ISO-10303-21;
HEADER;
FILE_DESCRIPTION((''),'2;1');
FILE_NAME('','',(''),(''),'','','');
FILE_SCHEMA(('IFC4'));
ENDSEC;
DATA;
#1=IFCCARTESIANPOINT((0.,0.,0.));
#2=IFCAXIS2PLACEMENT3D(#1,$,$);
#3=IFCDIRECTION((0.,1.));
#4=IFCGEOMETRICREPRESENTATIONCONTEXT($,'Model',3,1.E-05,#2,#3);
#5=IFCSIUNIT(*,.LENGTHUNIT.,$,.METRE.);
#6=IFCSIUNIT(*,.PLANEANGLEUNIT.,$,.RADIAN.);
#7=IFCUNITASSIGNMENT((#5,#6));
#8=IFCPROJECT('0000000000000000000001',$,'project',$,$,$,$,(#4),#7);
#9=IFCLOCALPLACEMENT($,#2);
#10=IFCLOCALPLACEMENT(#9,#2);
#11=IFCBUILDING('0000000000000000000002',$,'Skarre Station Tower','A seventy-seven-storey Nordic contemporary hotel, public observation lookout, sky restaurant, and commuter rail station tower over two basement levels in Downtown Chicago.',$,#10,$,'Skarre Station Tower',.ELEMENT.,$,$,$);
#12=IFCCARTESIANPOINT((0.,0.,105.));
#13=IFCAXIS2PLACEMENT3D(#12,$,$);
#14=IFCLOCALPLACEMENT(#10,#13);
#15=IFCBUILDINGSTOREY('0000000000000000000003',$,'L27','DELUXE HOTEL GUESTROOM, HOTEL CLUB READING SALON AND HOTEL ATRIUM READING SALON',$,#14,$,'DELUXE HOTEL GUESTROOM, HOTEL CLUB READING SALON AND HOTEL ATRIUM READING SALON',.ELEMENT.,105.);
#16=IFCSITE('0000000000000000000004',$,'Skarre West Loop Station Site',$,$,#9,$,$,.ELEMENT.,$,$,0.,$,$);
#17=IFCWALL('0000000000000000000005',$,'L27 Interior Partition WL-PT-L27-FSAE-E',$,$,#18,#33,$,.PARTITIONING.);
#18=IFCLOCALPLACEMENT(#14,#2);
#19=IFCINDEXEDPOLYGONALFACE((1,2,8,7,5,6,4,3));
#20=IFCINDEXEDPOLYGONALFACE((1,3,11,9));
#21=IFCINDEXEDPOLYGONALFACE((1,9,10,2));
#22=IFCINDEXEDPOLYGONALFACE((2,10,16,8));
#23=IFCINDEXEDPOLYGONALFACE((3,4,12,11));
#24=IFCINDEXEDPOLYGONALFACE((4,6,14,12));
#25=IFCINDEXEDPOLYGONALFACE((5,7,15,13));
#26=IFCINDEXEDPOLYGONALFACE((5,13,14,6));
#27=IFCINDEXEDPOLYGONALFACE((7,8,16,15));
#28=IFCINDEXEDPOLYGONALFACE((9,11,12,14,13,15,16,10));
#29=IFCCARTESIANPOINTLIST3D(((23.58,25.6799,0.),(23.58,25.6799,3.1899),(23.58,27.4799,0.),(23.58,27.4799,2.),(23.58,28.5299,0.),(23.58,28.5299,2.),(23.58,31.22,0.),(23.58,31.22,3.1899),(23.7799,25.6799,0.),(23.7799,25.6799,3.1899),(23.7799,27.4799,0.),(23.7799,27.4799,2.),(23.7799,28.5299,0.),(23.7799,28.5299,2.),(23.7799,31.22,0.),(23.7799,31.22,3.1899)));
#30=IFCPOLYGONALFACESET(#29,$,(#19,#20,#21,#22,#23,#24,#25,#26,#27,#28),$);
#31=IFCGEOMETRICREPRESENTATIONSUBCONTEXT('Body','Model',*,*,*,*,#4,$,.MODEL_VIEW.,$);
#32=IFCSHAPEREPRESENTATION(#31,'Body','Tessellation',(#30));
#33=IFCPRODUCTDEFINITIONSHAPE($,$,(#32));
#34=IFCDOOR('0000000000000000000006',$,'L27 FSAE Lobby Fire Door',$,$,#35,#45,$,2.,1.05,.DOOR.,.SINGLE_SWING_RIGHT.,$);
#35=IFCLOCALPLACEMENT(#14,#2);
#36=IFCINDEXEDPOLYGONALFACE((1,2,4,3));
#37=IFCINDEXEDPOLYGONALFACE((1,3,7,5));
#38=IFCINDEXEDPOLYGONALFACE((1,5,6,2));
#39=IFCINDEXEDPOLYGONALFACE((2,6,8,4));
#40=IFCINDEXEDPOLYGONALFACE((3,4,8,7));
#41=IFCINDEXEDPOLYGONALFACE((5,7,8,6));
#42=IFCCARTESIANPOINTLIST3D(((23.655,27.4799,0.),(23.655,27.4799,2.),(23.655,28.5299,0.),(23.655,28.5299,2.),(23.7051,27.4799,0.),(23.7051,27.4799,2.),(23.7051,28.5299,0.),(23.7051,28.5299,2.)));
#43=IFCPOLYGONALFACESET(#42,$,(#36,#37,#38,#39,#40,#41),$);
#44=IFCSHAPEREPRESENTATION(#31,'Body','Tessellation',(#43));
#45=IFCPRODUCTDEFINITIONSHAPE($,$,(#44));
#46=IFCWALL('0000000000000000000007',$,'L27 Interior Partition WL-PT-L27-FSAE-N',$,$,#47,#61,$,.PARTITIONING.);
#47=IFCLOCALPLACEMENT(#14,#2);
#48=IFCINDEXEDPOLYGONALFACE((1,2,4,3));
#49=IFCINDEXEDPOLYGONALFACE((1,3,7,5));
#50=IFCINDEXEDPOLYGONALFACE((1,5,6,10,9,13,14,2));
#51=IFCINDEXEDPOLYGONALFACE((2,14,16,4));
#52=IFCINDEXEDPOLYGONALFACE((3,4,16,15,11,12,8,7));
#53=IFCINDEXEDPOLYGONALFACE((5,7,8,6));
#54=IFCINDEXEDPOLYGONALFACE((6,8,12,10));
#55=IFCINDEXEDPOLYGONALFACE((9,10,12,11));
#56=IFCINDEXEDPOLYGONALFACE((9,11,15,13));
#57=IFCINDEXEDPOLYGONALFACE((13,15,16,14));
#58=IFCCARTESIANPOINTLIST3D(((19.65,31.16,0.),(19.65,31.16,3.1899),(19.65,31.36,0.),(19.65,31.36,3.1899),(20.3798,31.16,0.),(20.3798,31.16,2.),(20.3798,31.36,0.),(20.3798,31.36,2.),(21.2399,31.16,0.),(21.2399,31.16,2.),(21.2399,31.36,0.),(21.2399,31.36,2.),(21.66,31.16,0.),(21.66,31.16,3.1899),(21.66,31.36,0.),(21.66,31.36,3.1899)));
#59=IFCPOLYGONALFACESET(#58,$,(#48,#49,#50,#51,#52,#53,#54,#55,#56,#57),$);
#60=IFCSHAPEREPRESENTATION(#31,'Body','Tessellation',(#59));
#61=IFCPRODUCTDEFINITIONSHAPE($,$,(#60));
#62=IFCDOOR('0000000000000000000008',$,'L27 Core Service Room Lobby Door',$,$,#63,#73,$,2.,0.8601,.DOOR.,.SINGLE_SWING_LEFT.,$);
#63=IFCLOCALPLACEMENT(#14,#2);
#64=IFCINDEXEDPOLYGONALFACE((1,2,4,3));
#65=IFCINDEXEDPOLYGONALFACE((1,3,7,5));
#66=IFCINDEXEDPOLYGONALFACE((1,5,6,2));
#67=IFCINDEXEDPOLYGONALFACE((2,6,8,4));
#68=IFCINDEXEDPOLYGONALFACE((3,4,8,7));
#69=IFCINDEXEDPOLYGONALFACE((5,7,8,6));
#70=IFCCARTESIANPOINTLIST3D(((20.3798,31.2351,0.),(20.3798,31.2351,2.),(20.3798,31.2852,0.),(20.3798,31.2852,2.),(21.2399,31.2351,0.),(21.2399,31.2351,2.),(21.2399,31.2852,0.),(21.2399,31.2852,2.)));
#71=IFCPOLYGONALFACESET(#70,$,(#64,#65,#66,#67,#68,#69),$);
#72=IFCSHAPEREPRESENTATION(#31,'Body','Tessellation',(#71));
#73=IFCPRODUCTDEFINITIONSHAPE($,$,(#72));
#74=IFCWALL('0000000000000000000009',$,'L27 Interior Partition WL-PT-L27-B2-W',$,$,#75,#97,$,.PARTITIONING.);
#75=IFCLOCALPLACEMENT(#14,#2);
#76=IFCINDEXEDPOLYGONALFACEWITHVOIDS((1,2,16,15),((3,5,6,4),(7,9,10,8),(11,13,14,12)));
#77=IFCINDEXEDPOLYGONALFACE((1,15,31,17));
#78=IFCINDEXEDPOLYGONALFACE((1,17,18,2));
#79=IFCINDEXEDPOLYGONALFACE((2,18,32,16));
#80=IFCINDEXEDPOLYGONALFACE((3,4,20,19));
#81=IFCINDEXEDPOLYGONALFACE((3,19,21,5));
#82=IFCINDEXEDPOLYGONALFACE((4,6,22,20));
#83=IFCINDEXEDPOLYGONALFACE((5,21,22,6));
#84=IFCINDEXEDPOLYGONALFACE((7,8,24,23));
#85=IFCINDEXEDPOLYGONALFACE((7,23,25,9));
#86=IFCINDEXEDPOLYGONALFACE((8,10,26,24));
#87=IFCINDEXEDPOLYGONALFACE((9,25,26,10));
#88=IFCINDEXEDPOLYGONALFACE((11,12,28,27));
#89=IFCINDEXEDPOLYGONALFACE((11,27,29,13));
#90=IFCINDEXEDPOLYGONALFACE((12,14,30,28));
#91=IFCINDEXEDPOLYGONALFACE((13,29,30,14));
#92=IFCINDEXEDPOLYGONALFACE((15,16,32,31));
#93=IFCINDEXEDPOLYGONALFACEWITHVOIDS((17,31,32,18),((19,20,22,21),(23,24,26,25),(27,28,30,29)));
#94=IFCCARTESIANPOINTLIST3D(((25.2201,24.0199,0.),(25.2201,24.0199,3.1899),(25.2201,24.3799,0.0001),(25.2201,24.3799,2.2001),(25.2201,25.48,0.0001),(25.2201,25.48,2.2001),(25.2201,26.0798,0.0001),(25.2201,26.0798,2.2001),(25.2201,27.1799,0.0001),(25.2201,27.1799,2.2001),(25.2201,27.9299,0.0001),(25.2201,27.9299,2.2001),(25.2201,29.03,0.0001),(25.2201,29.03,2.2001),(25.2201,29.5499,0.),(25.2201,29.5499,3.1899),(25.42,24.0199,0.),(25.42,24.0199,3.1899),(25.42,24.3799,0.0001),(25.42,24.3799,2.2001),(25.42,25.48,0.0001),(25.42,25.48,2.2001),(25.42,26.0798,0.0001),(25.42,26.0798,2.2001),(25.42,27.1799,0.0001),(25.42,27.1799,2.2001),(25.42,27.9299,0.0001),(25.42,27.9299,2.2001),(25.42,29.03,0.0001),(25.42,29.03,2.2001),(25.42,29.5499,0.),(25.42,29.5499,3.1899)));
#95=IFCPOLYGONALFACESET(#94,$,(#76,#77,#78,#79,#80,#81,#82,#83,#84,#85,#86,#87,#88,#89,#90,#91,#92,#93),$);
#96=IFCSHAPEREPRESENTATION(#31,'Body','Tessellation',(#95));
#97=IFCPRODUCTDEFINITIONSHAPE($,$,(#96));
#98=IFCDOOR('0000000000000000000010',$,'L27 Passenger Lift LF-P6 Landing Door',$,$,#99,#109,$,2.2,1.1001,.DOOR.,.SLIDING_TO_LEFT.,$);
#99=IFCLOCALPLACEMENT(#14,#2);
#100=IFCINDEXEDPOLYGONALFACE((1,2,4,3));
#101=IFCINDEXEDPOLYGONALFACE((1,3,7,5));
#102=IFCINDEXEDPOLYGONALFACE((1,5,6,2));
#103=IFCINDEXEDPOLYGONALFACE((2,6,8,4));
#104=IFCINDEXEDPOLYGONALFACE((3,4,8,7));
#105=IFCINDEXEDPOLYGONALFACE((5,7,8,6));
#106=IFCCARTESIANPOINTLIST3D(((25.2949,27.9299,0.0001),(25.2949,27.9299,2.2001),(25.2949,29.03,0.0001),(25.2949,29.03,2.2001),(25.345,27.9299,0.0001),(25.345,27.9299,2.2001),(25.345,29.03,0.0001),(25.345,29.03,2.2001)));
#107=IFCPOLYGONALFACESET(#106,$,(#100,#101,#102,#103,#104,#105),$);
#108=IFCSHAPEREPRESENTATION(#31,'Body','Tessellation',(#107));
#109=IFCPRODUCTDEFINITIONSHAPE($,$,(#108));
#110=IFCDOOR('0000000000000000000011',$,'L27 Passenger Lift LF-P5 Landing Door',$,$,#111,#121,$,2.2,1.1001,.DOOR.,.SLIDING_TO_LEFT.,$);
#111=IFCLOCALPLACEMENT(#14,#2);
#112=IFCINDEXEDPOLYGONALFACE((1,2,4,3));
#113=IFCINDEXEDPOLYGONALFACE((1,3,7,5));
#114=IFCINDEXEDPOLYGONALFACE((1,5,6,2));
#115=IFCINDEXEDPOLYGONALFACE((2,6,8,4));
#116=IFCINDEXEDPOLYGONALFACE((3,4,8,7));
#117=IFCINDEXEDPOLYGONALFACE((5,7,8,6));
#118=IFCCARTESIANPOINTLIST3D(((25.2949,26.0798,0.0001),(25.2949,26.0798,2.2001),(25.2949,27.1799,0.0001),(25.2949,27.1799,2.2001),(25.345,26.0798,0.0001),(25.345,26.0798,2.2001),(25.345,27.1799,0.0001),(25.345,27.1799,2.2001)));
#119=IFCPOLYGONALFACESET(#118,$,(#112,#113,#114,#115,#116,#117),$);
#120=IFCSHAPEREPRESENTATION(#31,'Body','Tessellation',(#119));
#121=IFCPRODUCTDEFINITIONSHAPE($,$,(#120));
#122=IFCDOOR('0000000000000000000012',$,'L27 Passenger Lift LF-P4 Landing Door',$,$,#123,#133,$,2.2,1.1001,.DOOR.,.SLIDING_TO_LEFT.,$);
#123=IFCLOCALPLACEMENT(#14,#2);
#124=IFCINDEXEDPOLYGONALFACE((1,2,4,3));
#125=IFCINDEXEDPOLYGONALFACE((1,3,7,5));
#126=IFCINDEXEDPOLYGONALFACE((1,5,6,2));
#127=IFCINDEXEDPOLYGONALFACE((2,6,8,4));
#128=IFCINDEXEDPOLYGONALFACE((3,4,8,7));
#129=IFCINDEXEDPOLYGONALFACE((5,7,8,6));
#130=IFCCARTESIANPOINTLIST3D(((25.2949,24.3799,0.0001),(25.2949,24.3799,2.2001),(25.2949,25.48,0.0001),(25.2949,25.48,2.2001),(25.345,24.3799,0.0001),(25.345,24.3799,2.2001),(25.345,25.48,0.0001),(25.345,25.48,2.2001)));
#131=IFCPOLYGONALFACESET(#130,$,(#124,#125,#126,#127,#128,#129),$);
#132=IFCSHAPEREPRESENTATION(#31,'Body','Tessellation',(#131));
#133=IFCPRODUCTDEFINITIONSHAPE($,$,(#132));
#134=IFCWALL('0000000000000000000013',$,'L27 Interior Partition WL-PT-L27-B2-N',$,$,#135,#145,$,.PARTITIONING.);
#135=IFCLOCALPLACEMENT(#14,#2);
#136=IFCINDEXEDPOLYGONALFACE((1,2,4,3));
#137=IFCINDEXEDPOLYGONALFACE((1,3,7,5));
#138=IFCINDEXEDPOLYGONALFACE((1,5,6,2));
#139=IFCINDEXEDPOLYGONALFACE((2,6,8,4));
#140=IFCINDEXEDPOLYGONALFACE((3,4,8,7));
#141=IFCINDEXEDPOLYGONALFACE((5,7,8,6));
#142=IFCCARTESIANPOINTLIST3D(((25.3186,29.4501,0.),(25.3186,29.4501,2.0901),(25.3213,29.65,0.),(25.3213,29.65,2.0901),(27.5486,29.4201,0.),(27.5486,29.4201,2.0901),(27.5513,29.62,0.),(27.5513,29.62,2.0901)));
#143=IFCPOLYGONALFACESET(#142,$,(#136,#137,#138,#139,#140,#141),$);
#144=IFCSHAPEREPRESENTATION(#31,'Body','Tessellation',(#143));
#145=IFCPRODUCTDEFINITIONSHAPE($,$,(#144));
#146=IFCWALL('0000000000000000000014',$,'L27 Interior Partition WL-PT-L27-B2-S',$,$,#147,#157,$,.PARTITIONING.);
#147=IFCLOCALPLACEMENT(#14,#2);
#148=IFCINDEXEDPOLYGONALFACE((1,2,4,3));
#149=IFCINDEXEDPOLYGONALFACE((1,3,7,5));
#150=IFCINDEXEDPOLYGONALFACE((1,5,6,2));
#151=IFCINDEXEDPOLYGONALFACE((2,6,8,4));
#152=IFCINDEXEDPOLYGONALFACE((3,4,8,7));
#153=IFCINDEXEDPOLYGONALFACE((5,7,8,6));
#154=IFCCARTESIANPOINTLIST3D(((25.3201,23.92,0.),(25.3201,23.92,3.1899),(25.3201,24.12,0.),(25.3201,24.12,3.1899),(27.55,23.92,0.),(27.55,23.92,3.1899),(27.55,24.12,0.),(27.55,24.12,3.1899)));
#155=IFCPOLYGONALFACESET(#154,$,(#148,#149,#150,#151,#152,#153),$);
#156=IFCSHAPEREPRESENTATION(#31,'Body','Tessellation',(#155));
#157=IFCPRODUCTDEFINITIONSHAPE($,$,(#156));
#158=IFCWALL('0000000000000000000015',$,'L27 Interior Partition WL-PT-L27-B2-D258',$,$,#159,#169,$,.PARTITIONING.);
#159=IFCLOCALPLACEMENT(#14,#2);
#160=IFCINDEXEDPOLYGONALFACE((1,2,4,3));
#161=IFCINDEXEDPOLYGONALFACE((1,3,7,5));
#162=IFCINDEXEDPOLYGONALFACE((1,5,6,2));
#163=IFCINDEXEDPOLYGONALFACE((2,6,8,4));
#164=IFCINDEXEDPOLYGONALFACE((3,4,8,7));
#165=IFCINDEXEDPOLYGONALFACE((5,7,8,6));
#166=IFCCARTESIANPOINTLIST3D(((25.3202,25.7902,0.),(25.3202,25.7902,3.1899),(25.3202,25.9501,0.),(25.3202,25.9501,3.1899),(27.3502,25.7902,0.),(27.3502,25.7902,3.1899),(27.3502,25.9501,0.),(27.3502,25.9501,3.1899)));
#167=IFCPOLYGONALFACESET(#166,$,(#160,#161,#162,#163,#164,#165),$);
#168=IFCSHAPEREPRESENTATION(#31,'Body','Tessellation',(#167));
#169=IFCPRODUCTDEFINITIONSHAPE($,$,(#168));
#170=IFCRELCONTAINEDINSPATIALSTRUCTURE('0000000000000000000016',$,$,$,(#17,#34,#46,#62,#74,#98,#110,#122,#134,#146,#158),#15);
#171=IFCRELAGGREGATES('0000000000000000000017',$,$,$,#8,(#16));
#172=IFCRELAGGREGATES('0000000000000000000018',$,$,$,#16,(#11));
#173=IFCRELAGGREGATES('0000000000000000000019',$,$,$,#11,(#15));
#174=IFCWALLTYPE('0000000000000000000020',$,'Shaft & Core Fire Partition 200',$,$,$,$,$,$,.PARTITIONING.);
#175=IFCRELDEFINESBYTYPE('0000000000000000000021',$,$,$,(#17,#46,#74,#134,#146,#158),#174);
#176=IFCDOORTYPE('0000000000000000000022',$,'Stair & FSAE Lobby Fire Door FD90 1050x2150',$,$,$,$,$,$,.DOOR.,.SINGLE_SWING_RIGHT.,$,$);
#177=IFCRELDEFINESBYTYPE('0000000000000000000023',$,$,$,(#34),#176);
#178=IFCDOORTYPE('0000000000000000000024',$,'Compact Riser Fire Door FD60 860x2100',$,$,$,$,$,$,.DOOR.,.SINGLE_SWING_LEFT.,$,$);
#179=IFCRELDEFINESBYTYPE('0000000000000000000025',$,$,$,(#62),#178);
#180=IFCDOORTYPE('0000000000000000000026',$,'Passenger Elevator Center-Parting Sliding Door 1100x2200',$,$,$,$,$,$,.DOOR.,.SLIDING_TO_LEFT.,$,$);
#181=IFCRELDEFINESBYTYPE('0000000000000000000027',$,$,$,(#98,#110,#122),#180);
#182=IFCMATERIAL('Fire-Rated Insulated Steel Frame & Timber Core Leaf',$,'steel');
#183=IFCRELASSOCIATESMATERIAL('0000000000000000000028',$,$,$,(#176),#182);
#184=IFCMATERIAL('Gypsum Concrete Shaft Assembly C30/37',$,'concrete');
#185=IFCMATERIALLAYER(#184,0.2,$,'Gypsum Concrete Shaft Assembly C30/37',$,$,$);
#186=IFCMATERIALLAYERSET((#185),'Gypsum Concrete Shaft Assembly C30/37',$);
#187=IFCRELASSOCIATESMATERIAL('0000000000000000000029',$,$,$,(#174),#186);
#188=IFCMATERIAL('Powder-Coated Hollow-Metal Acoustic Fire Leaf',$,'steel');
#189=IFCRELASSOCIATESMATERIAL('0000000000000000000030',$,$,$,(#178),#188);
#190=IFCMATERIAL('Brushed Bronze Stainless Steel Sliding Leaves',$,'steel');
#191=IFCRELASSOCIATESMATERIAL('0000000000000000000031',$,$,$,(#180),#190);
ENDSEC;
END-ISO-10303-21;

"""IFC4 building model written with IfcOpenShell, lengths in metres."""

from ifc_helpers import new_model, si_unit, direction, frame, frame_2d, origin, place, context, subcontext, project, spatial, rectangle, extrude, material, layer, layer_set, type_object, element, fill, save


model = new_model("IFC4")

# Units and contexts
model_context = context("Model", 3, precision=1e-05, world=origin(), true_north=direction((0.0, 1.0)))
body_context = subcontext(model_context, "Body", "Model", "MODEL_VIEW")
ifc_project = project(units=[si_unit("LENGTHUNIT", "METRE"), si_unit("PLANEANGLEUNIT", "RADIAN")], contexts=[model_context])

# Site, building, storey
site_placement = place(None, origin())
site = spatial("IfcSite", under=ifc_project, at=site_placement, Name="Skarre West Loop Station Site", CompositionType="ELEMENT", RefElevation=0.0)
building_placement = place(site_placement, origin())
building = spatial("IfcBuilding", under=site, at=building_placement, Name="Skarre Station Tower", Description="A seventy-seven-storey Nordic contemporary hotel, public observation lookout, sky restaurant, and commuter rail station tower over two basement levels in Downtown Chicago.", LongName="Skarre Station Tower", CompositionType="ELEMENT")
storey_placement = place(building_placement, frame((0.0, 0.0, 105.0)))
storey = spatial("IfcBuildingStorey", under=building, at=storey_placement, Name="L27", Description="DELUXE HOTEL GUESTROOM, HOTEL CLUB READING SALON AND HOTEL ATRIUM READING SALON", LongName="DELUXE HOTEL GUESTROOM, HOTEL CLUB READING SALON AND HOTEL ATRIUM READING SALON", CompositionType="ELEMENT", Elevation=105.0)

# Shared definitions
ifc_material_1 = material(Name="Powder-Coated Hollow-Metal Acoustic Fire Leaf", Category="steel")

# Shared definitions
ifc_material_2 = material(Name="Fire-Rated Insulated Steel Frame & Timber Core Leaf", Category="steel")
door_type_1 = type_object("IfcDoorType", Name="Stair & FSAE Lobby Fire Door FD90 1050x2150", OperationType="SINGLE_SWING_RIGHT", PredefinedType="DOOR", material=ifc_material_2)

# Walls, openings, doors
ifc_material_3 = material(Name="Gypsum Concrete Shaft Assembly C30/37", Category="concrete")
ifc_layer_1 = layer(ifc_material_3, 0.2, Name="Gypsum Concrete Shaft Assembly C30/37")
ifc_layer_set_1 = layer_set([ifc_layer_1], Name="Gypsum Concrete Shaft Assembly C30/37")
wall_type_1 = type_object("IfcWallType", Name="Shaft & Core Fire Partition 200", PredefinedType="PARTITIONING", material=ifc_layer_set_1)
wall_1_placement = place(storey_placement, frame((23.6799, 25.6799, 0.0), z_axis=(0.0, 0.0, 1.0), x_axis=(0.0, 1.0, 0.0)))
wall_1 = element("IfcWall", 1, at=wall_1_placement, inside=storey, type_object=wall_type_1, Name="L27 Interior Partition WL-PT-L27-FSAE-E", PredefinedType="PARTITIONING", context=body_context, shape_type="SweptSolid", body=[
    extrude(rectangle(XDim=5.54, YDim=0.2, at=frame_2d((2.77, 0.0))), origin(), (0.0, 0.0, 1.0), 3.1899),
])
opening_1_placement = place(wall_1_placement, frame((1.8, 0.0, 0.0)))
opening_1 = element("IfcOpeningElement", 2, at=opening_1_placement, cuts=wall_1, PredefinedType="OPENING", context=body_context, shape_type="SweptSolid", body=[
    extrude(rectangle(XDim=1.05, YDim=2.0, at=frame_2d((0.5249, 1.0))), frame((0.0, 0.1099, 0.0), z_axis=(0.0, -1.0, 0.0), x_axis=(1.0, 0.0, 0.0)), (0.0, 0.0, 1.0), 0.22),
])
door_1_placement = place(opening_1_placement, origin())
door_1 = element("IfcDoor", 3, at=door_1_placement, inside=storey, type_object=door_type_1, Name="L27 FSAE Lobby Fire Door", OperationType="SINGLE_SWING_RIGHT", OverallHeight=2.0, OverallWidth=1.05, PredefinedType="DOOR", context=body_context, shape_type="SweptSolid", body=[
    extrude(rectangle(XDim=1.05, YDim=2.0, at=frame_2d((0.5249, 1.0))), frame((0.0, 0.0249, 0.0), z_axis=(0.0, -1.0, 0.0), x_axis=(1.0, 0.0, 0.0)), (0.0, 0.0, 1.0), 0.05),
])
fill(opening_1, door_1)
wall_2_placement = place(storey_placement, frame((21.6599, 31.26, 0.0), z_axis=(0.0, 0.0, 1.0), x_axis=(-1.0, 0.0, 0.0)))
wall_2 = element("IfcWall", 4, at=wall_2_placement, inside=storey, type_object=wall_type_1, Name="L27 Interior Partition WL-PT-L27-FSAE-N", PredefinedType="PARTITIONING", context=body_context, shape_type="SweptSolid", body=[
    extrude(rectangle(XDim=2.01, YDim=0.2, at=frame_2d((1.0049, 0.0))), origin(), (0.0, 0.0, 1.0), 3.1899),
])
opening_2_placement = place(wall_2_placement, frame((0.4199, 0.0, 0.0)))
opening_2 = element("IfcOpeningElement", 5, at=opening_2_placement, cuts=wall_2, PredefinedType="OPENING", context=body_context, shape_type="SweptSolid", body=[
    extrude(rectangle(XDim=0.8601, YDim=2.0, at=frame_2d((0.4302, 1.0))), frame((0.0, 0.1099, 0.0), z_axis=(0.0, -1.0, 0.0), x_axis=(1.0, 0.0, 0.0)), (0.0, 0.0, 1.0), 0.22),
])
door_type_2 = type_object("IfcDoorType", Name="Compact Riser Fire Door FD60 860x2100", OperationType="SINGLE_SWING_LEFT", PredefinedType="DOOR", material=ifc_material_1)
door_2_placement = place(opening_2_placement, origin())
door_2 = element("IfcDoor", 6, at=door_2_placement, inside=storey, type_object=door_type_2, Name="L27 Core Service Room Lobby Door", OperationType="SINGLE_SWING_LEFT", OverallHeight=2.0, OverallWidth=0.8601, PredefinedType="DOOR", context=body_context, shape_type="SweptSolid", body=[
    extrude(rectangle(XDim=0.8601, YDim=2.0, at=frame_2d((0.4302, 1.0))), frame((0.0, 0.0249, 0.0), z_axis=(0.0, -1.0, 0.0), x_axis=(1.0, 0.0, 0.0)), (0.0, 0.0, 1.0), 0.05),
])
fill(opening_2, door_2)

# Wall, openings, doors
wall_3_placement = place(storey_placement, frame((25.3201, 29.55, 0.0), z_axis=(0.0, 0.0, 1.0), x_axis=(0.0, -1.0, 0.0)))
wall_3 = element("IfcWall", 7, at=wall_3_placement, inside=storey, type_object=wall_type_1, Name="L27 Interior Partition WL-PT-L27-B2-W", PredefinedType="PARTITIONING", context=body_context, shape_type="SweptSolid", body=[
    extrude(rectangle(XDim=5.53, YDim=0.2, at=frame_2d((2.7651, 0.0))), origin(), (0.0, 0.0, 1.0), 3.1899),
])
opening_3_placement = place(wall_3_placement, frame((0.52, 0.0, 0.0)))
opening_3 = element("IfcOpeningElement", 8, at=opening_3_placement, cuts=wall_3, PredefinedType="OPENING", context=body_context, shape_type="SweptSolid", body=[
    extrude(rectangle(XDim=1.1001, YDim=2.2, at=frame_2d((0.55, 1.1001))), frame((0.0, 0.1099, 0.0), z_axis=(0.0, -1.0, 0.0), x_axis=(1.0, 0.0, 0.0)), (0.0, 0.0, 1.0), 0.22),
])
opening_4_placement = place(wall_3_placement, frame((2.3701, 0.0, 0.0)))
opening_4 = element("IfcOpeningElement", 9, at=opening_4_placement, cuts=wall_3, PredefinedType="OPENING", context=body_context, shape_type="SweptSolid", body=[
    extrude(rectangle(XDim=1.1001, YDim=2.2, at=frame_2d((0.55, 1.1001))), frame((0.0, 0.1099, 0.0), z_axis=(0.0, -1.0, 0.0), x_axis=(1.0, 0.0, 0.0)), (0.0, 0.0, 1.0), 0.22),
])
opening_5_placement = place(wall_3_placement, frame((4.0701, 0.0, 0.0)))
opening_5 = element("IfcOpeningElement", 10, at=opening_5_placement, cuts=wall_3, PredefinedType="OPENING", context=body_context, shape_type="SweptSolid", body=[
    extrude(rectangle(XDim=1.1001, YDim=2.2, at=frame_2d((0.55, 1.1001))), frame((0.0, 0.1099, 0.0), z_axis=(0.0, -1.0, 0.0), x_axis=(1.0, 0.0, 0.0)), (0.0, 0.0, 1.0), 0.22),
])
ifc_material_4 = material(Name="Brushed Bronze Stainless Steel Sliding Leaves", Category="steel")
door_type_3 = type_object("IfcDoorType", Name="Passenger Elevator Center-Parting Sliding Door 1100x2200", OperationType="SLIDING_TO_LEFT", PredefinedType="DOOR", material=ifc_material_4)
door_3_placement = place(opening_3_placement, origin())
door_3 = element("IfcDoor", 11, at=door_3_placement, inside=storey, type_object=door_type_3, Name="L27 Passenger Lift LF-P6 Landing Door", OperationType="SLIDING_TO_LEFT", OverallHeight=2.2, OverallWidth=1.1001, PredefinedType="DOOR", context=body_context, shape_type="SweptSolid", body=[
    extrude(rectangle(XDim=1.1001, YDim=2.2, at=frame_2d((0.55, 1.1001))), frame((0.0, 0.0249, 0.0), z_axis=(0.0, -1.0, 0.0), x_axis=(1.0, 0.0, 0.0)), (0.0, 0.0, 1.0), 0.05),
])
fill(opening_3, door_3)
door_4_placement = place(opening_4_placement, origin())
door_4 = element("IfcDoor", 12, at=door_4_placement, inside=storey, type_object=door_type_3, Name="L27 Passenger Lift LF-P5 Landing Door", OperationType="SLIDING_TO_LEFT", OverallHeight=2.2, OverallWidth=1.1001, PredefinedType="DOOR", context=body_context, shape_type="SweptSolid", body=[
    extrude(rectangle(XDim=1.1001, YDim=2.2, at=frame_2d((0.55, 1.1001))), frame((0.0, 0.0249, 0.0), z_axis=(0.0, -1.0, 0.0), x_axis=(1.0, 0.0, 0.0)), (0.0, 0.0, 1.0), 0.05),
])
fill(opening_4, door_4)
door_5_placement = place(opening_5_placement, origin())
door_5 = element("IfcDoor", 13, at=door_5_placement, inside=storey, type_object=door_type_3, Name="L27 Passenger Lift LF-P4 Landing Door", OperationType="SLIDING_TO_LEFT", OverallHeight=2.2, OverallWidth=1.1001, PredefinedType="DOOR", context=body_context, shape_type="SweptSolid", body=[
    extrude(rectangle(XDim=1.1001, YDim=2.2, at=frame_2d((0.55, 1.1001))), frame((0.0, 0.0249, 0.0), z_axis=(0.0, -1.0, 0.0), x_axis=(1.0, 0.0, 0.0)), (0.0, 0.0, 1.0), 0.05),
])
fill(opening_5, door_5)

# Walls
wall_4_placement = place(storey_placement, frame((27.55, 29.52, 0.0), z_axis=(0.0, 0.0, 1.0), x_axis=(-0.999909, 0.013465, 0.0)))
element("IfcWall", 14, at=wall_4_placement, inside=storey, type_object=wall_type_1, Name="L27 Interior Partition WL-PT-L27-B2-N", PredefinedType="PARTITIONING", context=body_context, shape_type="SweptSolid", body=[
    extrude(rectangle(XDim=2.2302, YDim=0.2, at=frame_2d((1.1152, 0.0))), origin(), (0.0, 0.0, 1.0), 2.0901),
])
wall_5_placement = place(storey_placement, frame((25.3201, 24.02, 0.0), z_axis=(0.0, 0.0, 1.0), x_axis=(1.0, 0.0, 0.0)))
element("IfcWall", 15, at=wall_5_placement, inside=storey, type_object=wall_type_1, Name="L27 Interior Partition WL-PT-L27-B2-S", PredefinedType="PARTITIONING", context=body_context, shape_type="SweptSolid", body=[
    extrude(rectangle(XDim=2.23, YDim=0.2, at=frame_2d((1.115, 0.0))), origin(), (0.0, 0.0, 1.0), 3.1899),
])
for number, where, z_axis, x_axis, name in (
    (16, (25.3201, 25.8701, 0.0), (0.0, 0.0, 1.0), (1.0, 0.0, 0.0), "L27 Interior Partition WL-PT-L27-B2-D258"),
):
    element("IfcWall", number, at=place(storey_placement, frame(where, z_axis=z_axis, x_axis=x_axis)), inside=storey, type_object=wall_type_1, Name=name, PredefinedType="PARTITIONING", context=body_context, shape_type="SweptSolid", body=[
        extrude(rectangle(XDim=2.03, YDim=0.1599, at=frame_2d((1.0151, 0.0))), origin(), (0.0, 0.0, 1.0), 3.1899),
    ])

save(model, "model.ifc")
